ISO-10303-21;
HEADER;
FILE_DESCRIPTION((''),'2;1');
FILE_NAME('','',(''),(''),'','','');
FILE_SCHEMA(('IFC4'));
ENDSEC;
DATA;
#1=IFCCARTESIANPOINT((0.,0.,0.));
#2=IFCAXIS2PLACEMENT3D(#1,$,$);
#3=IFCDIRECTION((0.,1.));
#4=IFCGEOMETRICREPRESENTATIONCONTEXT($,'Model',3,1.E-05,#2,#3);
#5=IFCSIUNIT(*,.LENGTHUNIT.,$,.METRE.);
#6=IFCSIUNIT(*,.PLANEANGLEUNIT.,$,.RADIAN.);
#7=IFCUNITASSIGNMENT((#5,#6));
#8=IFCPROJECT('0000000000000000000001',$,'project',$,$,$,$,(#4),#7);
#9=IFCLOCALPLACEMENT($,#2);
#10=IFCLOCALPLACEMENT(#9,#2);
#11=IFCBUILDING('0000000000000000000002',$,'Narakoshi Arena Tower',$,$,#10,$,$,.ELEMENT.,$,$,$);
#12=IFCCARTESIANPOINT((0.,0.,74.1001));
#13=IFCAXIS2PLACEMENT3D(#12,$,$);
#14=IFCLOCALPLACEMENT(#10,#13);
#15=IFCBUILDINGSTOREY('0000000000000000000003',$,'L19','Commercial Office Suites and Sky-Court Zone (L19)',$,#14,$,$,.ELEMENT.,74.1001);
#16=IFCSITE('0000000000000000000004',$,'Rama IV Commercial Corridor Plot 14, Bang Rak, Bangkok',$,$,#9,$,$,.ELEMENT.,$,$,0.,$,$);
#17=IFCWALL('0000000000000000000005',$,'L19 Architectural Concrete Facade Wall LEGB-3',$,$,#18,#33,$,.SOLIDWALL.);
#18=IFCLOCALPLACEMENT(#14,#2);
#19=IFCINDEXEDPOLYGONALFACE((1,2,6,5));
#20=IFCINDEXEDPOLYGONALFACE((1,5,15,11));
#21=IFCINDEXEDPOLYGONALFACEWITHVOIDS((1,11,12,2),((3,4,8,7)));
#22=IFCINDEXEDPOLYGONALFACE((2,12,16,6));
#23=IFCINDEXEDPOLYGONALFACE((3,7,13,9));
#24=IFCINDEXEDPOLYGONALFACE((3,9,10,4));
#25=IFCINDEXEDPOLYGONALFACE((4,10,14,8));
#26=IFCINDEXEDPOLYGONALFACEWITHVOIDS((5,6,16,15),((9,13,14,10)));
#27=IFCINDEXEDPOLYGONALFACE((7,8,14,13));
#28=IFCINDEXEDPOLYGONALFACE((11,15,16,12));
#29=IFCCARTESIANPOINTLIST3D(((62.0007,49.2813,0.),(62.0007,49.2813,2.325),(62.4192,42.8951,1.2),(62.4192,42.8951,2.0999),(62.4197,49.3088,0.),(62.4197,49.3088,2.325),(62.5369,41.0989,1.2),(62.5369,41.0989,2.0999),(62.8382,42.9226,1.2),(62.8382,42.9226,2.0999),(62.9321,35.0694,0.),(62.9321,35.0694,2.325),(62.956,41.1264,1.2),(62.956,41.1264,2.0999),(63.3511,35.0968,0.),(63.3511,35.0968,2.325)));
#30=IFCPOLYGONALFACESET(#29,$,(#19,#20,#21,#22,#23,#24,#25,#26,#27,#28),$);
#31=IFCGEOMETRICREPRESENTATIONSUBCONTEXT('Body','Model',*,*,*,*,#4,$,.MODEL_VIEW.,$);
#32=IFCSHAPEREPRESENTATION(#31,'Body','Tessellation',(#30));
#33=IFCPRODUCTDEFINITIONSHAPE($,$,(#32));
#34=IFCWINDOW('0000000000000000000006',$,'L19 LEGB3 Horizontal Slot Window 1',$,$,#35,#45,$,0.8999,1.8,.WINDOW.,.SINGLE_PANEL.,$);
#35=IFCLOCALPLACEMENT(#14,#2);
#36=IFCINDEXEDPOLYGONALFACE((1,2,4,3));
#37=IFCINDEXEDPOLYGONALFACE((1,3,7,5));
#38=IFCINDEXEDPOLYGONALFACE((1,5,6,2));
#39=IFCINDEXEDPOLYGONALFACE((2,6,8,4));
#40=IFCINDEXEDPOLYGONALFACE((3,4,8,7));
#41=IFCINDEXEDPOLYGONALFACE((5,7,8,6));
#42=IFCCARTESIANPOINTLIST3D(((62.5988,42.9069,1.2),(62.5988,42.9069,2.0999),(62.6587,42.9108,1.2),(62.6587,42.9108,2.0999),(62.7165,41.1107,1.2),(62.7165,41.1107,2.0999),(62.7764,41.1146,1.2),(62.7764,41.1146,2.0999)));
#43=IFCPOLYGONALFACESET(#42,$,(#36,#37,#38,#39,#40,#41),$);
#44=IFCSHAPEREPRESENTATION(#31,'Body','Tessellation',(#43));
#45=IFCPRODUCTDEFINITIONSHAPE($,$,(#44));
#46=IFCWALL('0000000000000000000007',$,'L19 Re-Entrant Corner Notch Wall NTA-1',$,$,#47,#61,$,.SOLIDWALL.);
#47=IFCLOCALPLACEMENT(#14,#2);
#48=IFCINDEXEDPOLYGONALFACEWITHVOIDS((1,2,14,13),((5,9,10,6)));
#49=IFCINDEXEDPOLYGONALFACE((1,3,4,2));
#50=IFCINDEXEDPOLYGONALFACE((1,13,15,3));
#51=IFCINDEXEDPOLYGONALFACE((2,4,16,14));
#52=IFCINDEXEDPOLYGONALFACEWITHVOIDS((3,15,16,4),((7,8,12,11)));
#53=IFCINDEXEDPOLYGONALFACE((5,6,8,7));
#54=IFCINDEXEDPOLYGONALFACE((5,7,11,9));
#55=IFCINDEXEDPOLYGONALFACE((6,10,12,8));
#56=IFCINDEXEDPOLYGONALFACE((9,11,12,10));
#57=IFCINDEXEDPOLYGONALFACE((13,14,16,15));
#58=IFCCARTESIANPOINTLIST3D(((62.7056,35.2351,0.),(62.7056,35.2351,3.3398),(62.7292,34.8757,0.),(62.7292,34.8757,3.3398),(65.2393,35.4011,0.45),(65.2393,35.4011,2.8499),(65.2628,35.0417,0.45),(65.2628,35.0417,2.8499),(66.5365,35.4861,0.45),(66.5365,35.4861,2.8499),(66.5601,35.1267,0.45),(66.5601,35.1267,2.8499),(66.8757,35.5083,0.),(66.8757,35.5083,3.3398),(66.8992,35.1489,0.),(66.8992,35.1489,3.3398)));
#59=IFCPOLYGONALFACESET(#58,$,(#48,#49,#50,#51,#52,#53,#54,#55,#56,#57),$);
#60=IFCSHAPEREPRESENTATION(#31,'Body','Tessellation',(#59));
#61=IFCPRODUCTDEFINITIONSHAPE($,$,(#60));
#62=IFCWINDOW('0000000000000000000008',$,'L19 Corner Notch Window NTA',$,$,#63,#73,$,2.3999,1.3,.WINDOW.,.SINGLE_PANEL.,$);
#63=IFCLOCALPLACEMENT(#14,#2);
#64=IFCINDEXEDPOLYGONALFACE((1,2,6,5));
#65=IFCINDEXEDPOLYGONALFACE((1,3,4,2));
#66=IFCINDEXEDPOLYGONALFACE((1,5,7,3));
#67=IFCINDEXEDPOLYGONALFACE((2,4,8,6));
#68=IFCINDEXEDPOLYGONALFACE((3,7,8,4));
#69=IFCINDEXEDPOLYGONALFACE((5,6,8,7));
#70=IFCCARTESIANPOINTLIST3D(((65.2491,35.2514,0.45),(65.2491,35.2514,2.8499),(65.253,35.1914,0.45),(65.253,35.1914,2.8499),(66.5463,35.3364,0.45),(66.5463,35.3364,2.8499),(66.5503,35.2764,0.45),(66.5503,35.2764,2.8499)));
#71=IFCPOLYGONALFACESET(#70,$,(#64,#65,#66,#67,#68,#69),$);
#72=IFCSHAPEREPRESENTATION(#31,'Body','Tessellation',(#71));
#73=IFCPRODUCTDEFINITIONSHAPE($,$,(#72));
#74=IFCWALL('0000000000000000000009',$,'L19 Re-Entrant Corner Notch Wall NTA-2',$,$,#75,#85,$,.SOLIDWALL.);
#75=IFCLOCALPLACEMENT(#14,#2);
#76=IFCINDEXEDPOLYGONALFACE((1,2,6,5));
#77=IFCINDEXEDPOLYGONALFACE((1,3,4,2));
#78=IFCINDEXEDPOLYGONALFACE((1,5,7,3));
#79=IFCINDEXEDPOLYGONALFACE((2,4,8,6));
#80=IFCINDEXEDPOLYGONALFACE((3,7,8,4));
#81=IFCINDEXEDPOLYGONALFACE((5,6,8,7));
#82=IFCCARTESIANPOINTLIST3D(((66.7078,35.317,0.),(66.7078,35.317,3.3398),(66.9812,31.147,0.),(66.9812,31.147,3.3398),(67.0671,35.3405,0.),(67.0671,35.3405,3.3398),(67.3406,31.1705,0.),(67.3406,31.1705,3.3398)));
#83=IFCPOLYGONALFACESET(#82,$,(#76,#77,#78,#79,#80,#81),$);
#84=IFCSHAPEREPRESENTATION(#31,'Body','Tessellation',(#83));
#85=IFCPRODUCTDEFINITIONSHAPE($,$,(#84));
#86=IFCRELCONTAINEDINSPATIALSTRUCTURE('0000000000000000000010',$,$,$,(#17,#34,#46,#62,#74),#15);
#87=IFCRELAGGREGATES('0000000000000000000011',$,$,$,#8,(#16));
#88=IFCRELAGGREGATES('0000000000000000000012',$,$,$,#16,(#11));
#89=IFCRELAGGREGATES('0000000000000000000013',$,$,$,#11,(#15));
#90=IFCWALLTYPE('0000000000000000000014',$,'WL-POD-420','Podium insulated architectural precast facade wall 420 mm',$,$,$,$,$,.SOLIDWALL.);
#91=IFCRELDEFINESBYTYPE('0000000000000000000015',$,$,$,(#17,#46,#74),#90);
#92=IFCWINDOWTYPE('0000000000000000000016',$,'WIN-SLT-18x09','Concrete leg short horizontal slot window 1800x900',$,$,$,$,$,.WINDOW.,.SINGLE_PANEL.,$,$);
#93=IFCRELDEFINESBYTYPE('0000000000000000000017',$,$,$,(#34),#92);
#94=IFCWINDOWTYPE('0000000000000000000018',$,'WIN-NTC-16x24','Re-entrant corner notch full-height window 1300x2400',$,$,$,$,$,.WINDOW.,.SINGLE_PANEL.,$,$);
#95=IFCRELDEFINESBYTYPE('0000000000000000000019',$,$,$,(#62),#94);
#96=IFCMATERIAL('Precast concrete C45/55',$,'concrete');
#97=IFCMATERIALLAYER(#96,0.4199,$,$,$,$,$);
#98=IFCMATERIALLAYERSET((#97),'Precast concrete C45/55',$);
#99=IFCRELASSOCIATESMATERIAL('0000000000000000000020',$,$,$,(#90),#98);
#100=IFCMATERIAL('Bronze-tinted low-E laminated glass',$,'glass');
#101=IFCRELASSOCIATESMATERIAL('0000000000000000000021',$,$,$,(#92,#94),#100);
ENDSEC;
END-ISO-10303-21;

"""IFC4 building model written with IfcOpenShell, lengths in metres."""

from ifc_helpers import new_model, si_unit, direction, frame, frame_2d, origin, place, context, subcontext, project, spatial, rectangle, extrude, material, layer, layer_set, type_object, element, fill, save


model = new_model("IFC4")

# Units and contexts
model_context = context("Model", 3, precision=1e-05, world=origin(), true_north=direction((0.0, 1.0)))
body_context = subcontext(model_context, "Body", "Model", "MODEL_VIEW")
ifc_project = project(units=[si_unit("LENGTHUNIT", "METRE"), si_unit("PLANEANGLEUNIT", "RADIAN")], contexts=[model_context])

# Site, building, storey
site_placement = place(None, origin())
site = spatial("IfcSite", under=ifc_project, at=site_placement, Name="Rama IV Commercial Corridor Plot 14, Bang Rak, Bangkok", CompositionType="ELEMENT", RefElevation=0.0)
building_placement = place(site_placement, origin())
building = spatial("IfcBuilding", under=site, at=building_placement, Name="Narakoshi Arena Tower", CompositionType="ELEMENT")
storey_placement = place(building_placement, frame((0.0, 0.0, 74.1001)))
storey = spatial("IfcBuildingStorey", under=building, at=storey_placement, Name="L19", Description="Commercial Office Suites and Sky-Court Zone (L19)", CompositionType="ELEMENT", Elevation=74.1001)

# Walls, openings, windows
ifc_material_1 = material(Name="Precast concrete C45/55", Category="concrete")
ifc_layer_1 = layer(ifc_material_1, 0.4199)
ifc_layer_set_1 = layer_set([ifc_layer_1], Name="Precast concrete C45/55")
wall_type_1 = type_object("IfcWallType", Name="WL-POD-420", Description="Podium insulated architectural precast facade wall 420 mm", PredefinedType="SOLIDWALL", material=ifc_layer_set_1)
ifc_material_2 = material(Name="Bronze-tinted low-E laminated glass", Category="glass")
wall_1_placement = place(storey_placement, frame((62.2102, 49.2949, 0.0), z_axis=(0.0, 0.0, 1.0), x_axis=(0.065396, -0.997859, 0.0)))
wall_1 = element("IfcWall", 1, at=wall_1_placement, inside=storey, type_object=wall_type_1, Name="L19 Architectural Concrete Facade Wall LEGB-3", PredefinedType="SOLIDWALL", context=body_context, shape_type="SweptSolid", body=[
    extrude(rectangle(XDim=14.2424, YDim=0.4199, at=frame_2d((7.1211, 0.0))), origin(), (0.0, 0.0, 1.0), 2.325),
])
opening_1_placement = place(wall_1_placement, frame((6.3999, 0.0, 1.2)))
opening_1 = element("IfcOpeningElement", 2, at=opening_1_placement, cuts=wall_1, PredefinedType="OPENING", context=body_context, shape_type="SweptSolid", body=[
    extrude(rectangle(XDim=1.8, YDim=0.8999, at=frame_2d((0.8999, 0.45))), frame((0.0, 0.22, 0.0), z_axis=(0.0, -1.0, 0.0), x_axis=(1.0, 0.0, 0.0)), (0.0, 0.0, 1.0), 0.4399),
])
window_type_1 = type_object("IfcWindowType", Name="WIN-SLT-18x09", Description="Concrete leg short horizontal slot window 1800x900", PartitioningType="SINGLE_PANEL", PredefinedType="WINDOW", material=ifc_material_2)
window_1_placement = place(opening_1_placement, origin())
window_1 = element("IfcWindow", 3, at=window_1_placement, inside=storey, type_object=window_type_1, Name="L19 LEGB3 Horizontal Slot Window 1", OverallHeight=0.8999, OverallWidth=1.8, PartitioningType="SINGLE_PANEL", PredefinedType="WINDOW", context=body_context, shape_type="SweptSolid", body=[
    extrude(rectangle(XDim=1.8, YDim=0.8999, at=frame_2d((0.8999, 0.45))), frame((0.0, 0.03, 0.0), z_axis=(0.0, -1.0, 0.0), x_axis=(1.0, 0.0, 0.0)), (0.0, 0.0, 1.0), 0.0601),
])
fill(opening_1, window_1)
wall_2_placement = place(storey_placement, frame((62.7175, 35.0554, 0.0), z_axis=(0.0, 0.0, 1.0), x_axis=(0.997861, 0.065375, 0.0)))
wall_2 = element("IfcWall", 4, at=wall_2_placement, inside=storey, type_object=wall_type_1, Name="L19 Re-Entrant Corner Notch Wall NTA-1", PredefinedType="SOLIDWALL", context=body_context, shape_type="SweptSolid", body=[
    extrude(rectangle(XDim=4.179, YDim=0.3601, at=frame_2d((2.0894, 0.0))), origin(), (0.0, 0.0, 1.0), 3.3398),
])
opening_2_placement = place(wall_2_placement, frame((2.5391, 0.0, 0.45)))
opening_2 = element("IfcOpeningElement", 5, at=opening_2_placement, cuts=wall_2, PredefinedType="OPENING", context=body_context, shape_type="SweptSolid", body=[
    extrude(rectangle(XDim=1.3, YDim=2.3999, at=frame_2d((0.6499, 1.2))), frame((0.0, 0.1899, 0.0), z_axis=(0.0, -1.0, 0.0), x_axis=(1.0, 0.0, 0.0)), (0.0, 0.0, 1.0), 0.3801),
])
window_type_2 = type_object("IfcWindowType", Name="WIN-NTC-16x24", Description="Re-entrant corner notch full-height window 1300x2400", PartitioningType="SINGLE_PANEL", PredefinedType="WINDOW", material=ifc_material_2)
window_2_placement = place(opening_2_placement, origin())
window_2 = element("IfcWindow", 6, at=window_2_placement, inside=storey, type_object=window_type_2, Name="L19 Corner Notch Window NTA", OverallHeight=2.3999, OverallWidth=1.3, PartitioningType="SINGLE_PANEL", PredefinedType="WINDOW", context=body_context, shape_type="SweptSolid", body=[
    extrude(rectangle(XDim=1.3, YDim=2.3999, at=frame_2d((0.6499, 1.2))), frame((0.0, 0.03, 0.0), z_axis=(0.0, -1.0, 0.0), x_axis=(1.0, 0.0, 0.0)), (0.0, 0.0, 1.0), 0.0601),
])
fill(opening_2, window_2)

# Wall
wall_3_placement = place(storey_placement, frame((66.8875, 35.3286, 0.0), z_axis=(0.0, 0.0, 1.0), x_axis=(0.065433, -0.997857, 0.0)))
element("IfcWall", 7, at=wall_3_placement, inside=storey, type_object=wall_type_1, Name="L19 Re-Entrant Corner Notch Wall NTA-2", PredefinedType="SOLIDWALL", context=body_context, shape_type="SweptSolid", body=[
    extrude(rectangle(XDim=4.179, YDim=0.3601, at=frame_2d((2.0894, 0.0))), origin(), (0.0, 0.0, 1.0), 3.3398),
])

save(model, "model.ifc")
